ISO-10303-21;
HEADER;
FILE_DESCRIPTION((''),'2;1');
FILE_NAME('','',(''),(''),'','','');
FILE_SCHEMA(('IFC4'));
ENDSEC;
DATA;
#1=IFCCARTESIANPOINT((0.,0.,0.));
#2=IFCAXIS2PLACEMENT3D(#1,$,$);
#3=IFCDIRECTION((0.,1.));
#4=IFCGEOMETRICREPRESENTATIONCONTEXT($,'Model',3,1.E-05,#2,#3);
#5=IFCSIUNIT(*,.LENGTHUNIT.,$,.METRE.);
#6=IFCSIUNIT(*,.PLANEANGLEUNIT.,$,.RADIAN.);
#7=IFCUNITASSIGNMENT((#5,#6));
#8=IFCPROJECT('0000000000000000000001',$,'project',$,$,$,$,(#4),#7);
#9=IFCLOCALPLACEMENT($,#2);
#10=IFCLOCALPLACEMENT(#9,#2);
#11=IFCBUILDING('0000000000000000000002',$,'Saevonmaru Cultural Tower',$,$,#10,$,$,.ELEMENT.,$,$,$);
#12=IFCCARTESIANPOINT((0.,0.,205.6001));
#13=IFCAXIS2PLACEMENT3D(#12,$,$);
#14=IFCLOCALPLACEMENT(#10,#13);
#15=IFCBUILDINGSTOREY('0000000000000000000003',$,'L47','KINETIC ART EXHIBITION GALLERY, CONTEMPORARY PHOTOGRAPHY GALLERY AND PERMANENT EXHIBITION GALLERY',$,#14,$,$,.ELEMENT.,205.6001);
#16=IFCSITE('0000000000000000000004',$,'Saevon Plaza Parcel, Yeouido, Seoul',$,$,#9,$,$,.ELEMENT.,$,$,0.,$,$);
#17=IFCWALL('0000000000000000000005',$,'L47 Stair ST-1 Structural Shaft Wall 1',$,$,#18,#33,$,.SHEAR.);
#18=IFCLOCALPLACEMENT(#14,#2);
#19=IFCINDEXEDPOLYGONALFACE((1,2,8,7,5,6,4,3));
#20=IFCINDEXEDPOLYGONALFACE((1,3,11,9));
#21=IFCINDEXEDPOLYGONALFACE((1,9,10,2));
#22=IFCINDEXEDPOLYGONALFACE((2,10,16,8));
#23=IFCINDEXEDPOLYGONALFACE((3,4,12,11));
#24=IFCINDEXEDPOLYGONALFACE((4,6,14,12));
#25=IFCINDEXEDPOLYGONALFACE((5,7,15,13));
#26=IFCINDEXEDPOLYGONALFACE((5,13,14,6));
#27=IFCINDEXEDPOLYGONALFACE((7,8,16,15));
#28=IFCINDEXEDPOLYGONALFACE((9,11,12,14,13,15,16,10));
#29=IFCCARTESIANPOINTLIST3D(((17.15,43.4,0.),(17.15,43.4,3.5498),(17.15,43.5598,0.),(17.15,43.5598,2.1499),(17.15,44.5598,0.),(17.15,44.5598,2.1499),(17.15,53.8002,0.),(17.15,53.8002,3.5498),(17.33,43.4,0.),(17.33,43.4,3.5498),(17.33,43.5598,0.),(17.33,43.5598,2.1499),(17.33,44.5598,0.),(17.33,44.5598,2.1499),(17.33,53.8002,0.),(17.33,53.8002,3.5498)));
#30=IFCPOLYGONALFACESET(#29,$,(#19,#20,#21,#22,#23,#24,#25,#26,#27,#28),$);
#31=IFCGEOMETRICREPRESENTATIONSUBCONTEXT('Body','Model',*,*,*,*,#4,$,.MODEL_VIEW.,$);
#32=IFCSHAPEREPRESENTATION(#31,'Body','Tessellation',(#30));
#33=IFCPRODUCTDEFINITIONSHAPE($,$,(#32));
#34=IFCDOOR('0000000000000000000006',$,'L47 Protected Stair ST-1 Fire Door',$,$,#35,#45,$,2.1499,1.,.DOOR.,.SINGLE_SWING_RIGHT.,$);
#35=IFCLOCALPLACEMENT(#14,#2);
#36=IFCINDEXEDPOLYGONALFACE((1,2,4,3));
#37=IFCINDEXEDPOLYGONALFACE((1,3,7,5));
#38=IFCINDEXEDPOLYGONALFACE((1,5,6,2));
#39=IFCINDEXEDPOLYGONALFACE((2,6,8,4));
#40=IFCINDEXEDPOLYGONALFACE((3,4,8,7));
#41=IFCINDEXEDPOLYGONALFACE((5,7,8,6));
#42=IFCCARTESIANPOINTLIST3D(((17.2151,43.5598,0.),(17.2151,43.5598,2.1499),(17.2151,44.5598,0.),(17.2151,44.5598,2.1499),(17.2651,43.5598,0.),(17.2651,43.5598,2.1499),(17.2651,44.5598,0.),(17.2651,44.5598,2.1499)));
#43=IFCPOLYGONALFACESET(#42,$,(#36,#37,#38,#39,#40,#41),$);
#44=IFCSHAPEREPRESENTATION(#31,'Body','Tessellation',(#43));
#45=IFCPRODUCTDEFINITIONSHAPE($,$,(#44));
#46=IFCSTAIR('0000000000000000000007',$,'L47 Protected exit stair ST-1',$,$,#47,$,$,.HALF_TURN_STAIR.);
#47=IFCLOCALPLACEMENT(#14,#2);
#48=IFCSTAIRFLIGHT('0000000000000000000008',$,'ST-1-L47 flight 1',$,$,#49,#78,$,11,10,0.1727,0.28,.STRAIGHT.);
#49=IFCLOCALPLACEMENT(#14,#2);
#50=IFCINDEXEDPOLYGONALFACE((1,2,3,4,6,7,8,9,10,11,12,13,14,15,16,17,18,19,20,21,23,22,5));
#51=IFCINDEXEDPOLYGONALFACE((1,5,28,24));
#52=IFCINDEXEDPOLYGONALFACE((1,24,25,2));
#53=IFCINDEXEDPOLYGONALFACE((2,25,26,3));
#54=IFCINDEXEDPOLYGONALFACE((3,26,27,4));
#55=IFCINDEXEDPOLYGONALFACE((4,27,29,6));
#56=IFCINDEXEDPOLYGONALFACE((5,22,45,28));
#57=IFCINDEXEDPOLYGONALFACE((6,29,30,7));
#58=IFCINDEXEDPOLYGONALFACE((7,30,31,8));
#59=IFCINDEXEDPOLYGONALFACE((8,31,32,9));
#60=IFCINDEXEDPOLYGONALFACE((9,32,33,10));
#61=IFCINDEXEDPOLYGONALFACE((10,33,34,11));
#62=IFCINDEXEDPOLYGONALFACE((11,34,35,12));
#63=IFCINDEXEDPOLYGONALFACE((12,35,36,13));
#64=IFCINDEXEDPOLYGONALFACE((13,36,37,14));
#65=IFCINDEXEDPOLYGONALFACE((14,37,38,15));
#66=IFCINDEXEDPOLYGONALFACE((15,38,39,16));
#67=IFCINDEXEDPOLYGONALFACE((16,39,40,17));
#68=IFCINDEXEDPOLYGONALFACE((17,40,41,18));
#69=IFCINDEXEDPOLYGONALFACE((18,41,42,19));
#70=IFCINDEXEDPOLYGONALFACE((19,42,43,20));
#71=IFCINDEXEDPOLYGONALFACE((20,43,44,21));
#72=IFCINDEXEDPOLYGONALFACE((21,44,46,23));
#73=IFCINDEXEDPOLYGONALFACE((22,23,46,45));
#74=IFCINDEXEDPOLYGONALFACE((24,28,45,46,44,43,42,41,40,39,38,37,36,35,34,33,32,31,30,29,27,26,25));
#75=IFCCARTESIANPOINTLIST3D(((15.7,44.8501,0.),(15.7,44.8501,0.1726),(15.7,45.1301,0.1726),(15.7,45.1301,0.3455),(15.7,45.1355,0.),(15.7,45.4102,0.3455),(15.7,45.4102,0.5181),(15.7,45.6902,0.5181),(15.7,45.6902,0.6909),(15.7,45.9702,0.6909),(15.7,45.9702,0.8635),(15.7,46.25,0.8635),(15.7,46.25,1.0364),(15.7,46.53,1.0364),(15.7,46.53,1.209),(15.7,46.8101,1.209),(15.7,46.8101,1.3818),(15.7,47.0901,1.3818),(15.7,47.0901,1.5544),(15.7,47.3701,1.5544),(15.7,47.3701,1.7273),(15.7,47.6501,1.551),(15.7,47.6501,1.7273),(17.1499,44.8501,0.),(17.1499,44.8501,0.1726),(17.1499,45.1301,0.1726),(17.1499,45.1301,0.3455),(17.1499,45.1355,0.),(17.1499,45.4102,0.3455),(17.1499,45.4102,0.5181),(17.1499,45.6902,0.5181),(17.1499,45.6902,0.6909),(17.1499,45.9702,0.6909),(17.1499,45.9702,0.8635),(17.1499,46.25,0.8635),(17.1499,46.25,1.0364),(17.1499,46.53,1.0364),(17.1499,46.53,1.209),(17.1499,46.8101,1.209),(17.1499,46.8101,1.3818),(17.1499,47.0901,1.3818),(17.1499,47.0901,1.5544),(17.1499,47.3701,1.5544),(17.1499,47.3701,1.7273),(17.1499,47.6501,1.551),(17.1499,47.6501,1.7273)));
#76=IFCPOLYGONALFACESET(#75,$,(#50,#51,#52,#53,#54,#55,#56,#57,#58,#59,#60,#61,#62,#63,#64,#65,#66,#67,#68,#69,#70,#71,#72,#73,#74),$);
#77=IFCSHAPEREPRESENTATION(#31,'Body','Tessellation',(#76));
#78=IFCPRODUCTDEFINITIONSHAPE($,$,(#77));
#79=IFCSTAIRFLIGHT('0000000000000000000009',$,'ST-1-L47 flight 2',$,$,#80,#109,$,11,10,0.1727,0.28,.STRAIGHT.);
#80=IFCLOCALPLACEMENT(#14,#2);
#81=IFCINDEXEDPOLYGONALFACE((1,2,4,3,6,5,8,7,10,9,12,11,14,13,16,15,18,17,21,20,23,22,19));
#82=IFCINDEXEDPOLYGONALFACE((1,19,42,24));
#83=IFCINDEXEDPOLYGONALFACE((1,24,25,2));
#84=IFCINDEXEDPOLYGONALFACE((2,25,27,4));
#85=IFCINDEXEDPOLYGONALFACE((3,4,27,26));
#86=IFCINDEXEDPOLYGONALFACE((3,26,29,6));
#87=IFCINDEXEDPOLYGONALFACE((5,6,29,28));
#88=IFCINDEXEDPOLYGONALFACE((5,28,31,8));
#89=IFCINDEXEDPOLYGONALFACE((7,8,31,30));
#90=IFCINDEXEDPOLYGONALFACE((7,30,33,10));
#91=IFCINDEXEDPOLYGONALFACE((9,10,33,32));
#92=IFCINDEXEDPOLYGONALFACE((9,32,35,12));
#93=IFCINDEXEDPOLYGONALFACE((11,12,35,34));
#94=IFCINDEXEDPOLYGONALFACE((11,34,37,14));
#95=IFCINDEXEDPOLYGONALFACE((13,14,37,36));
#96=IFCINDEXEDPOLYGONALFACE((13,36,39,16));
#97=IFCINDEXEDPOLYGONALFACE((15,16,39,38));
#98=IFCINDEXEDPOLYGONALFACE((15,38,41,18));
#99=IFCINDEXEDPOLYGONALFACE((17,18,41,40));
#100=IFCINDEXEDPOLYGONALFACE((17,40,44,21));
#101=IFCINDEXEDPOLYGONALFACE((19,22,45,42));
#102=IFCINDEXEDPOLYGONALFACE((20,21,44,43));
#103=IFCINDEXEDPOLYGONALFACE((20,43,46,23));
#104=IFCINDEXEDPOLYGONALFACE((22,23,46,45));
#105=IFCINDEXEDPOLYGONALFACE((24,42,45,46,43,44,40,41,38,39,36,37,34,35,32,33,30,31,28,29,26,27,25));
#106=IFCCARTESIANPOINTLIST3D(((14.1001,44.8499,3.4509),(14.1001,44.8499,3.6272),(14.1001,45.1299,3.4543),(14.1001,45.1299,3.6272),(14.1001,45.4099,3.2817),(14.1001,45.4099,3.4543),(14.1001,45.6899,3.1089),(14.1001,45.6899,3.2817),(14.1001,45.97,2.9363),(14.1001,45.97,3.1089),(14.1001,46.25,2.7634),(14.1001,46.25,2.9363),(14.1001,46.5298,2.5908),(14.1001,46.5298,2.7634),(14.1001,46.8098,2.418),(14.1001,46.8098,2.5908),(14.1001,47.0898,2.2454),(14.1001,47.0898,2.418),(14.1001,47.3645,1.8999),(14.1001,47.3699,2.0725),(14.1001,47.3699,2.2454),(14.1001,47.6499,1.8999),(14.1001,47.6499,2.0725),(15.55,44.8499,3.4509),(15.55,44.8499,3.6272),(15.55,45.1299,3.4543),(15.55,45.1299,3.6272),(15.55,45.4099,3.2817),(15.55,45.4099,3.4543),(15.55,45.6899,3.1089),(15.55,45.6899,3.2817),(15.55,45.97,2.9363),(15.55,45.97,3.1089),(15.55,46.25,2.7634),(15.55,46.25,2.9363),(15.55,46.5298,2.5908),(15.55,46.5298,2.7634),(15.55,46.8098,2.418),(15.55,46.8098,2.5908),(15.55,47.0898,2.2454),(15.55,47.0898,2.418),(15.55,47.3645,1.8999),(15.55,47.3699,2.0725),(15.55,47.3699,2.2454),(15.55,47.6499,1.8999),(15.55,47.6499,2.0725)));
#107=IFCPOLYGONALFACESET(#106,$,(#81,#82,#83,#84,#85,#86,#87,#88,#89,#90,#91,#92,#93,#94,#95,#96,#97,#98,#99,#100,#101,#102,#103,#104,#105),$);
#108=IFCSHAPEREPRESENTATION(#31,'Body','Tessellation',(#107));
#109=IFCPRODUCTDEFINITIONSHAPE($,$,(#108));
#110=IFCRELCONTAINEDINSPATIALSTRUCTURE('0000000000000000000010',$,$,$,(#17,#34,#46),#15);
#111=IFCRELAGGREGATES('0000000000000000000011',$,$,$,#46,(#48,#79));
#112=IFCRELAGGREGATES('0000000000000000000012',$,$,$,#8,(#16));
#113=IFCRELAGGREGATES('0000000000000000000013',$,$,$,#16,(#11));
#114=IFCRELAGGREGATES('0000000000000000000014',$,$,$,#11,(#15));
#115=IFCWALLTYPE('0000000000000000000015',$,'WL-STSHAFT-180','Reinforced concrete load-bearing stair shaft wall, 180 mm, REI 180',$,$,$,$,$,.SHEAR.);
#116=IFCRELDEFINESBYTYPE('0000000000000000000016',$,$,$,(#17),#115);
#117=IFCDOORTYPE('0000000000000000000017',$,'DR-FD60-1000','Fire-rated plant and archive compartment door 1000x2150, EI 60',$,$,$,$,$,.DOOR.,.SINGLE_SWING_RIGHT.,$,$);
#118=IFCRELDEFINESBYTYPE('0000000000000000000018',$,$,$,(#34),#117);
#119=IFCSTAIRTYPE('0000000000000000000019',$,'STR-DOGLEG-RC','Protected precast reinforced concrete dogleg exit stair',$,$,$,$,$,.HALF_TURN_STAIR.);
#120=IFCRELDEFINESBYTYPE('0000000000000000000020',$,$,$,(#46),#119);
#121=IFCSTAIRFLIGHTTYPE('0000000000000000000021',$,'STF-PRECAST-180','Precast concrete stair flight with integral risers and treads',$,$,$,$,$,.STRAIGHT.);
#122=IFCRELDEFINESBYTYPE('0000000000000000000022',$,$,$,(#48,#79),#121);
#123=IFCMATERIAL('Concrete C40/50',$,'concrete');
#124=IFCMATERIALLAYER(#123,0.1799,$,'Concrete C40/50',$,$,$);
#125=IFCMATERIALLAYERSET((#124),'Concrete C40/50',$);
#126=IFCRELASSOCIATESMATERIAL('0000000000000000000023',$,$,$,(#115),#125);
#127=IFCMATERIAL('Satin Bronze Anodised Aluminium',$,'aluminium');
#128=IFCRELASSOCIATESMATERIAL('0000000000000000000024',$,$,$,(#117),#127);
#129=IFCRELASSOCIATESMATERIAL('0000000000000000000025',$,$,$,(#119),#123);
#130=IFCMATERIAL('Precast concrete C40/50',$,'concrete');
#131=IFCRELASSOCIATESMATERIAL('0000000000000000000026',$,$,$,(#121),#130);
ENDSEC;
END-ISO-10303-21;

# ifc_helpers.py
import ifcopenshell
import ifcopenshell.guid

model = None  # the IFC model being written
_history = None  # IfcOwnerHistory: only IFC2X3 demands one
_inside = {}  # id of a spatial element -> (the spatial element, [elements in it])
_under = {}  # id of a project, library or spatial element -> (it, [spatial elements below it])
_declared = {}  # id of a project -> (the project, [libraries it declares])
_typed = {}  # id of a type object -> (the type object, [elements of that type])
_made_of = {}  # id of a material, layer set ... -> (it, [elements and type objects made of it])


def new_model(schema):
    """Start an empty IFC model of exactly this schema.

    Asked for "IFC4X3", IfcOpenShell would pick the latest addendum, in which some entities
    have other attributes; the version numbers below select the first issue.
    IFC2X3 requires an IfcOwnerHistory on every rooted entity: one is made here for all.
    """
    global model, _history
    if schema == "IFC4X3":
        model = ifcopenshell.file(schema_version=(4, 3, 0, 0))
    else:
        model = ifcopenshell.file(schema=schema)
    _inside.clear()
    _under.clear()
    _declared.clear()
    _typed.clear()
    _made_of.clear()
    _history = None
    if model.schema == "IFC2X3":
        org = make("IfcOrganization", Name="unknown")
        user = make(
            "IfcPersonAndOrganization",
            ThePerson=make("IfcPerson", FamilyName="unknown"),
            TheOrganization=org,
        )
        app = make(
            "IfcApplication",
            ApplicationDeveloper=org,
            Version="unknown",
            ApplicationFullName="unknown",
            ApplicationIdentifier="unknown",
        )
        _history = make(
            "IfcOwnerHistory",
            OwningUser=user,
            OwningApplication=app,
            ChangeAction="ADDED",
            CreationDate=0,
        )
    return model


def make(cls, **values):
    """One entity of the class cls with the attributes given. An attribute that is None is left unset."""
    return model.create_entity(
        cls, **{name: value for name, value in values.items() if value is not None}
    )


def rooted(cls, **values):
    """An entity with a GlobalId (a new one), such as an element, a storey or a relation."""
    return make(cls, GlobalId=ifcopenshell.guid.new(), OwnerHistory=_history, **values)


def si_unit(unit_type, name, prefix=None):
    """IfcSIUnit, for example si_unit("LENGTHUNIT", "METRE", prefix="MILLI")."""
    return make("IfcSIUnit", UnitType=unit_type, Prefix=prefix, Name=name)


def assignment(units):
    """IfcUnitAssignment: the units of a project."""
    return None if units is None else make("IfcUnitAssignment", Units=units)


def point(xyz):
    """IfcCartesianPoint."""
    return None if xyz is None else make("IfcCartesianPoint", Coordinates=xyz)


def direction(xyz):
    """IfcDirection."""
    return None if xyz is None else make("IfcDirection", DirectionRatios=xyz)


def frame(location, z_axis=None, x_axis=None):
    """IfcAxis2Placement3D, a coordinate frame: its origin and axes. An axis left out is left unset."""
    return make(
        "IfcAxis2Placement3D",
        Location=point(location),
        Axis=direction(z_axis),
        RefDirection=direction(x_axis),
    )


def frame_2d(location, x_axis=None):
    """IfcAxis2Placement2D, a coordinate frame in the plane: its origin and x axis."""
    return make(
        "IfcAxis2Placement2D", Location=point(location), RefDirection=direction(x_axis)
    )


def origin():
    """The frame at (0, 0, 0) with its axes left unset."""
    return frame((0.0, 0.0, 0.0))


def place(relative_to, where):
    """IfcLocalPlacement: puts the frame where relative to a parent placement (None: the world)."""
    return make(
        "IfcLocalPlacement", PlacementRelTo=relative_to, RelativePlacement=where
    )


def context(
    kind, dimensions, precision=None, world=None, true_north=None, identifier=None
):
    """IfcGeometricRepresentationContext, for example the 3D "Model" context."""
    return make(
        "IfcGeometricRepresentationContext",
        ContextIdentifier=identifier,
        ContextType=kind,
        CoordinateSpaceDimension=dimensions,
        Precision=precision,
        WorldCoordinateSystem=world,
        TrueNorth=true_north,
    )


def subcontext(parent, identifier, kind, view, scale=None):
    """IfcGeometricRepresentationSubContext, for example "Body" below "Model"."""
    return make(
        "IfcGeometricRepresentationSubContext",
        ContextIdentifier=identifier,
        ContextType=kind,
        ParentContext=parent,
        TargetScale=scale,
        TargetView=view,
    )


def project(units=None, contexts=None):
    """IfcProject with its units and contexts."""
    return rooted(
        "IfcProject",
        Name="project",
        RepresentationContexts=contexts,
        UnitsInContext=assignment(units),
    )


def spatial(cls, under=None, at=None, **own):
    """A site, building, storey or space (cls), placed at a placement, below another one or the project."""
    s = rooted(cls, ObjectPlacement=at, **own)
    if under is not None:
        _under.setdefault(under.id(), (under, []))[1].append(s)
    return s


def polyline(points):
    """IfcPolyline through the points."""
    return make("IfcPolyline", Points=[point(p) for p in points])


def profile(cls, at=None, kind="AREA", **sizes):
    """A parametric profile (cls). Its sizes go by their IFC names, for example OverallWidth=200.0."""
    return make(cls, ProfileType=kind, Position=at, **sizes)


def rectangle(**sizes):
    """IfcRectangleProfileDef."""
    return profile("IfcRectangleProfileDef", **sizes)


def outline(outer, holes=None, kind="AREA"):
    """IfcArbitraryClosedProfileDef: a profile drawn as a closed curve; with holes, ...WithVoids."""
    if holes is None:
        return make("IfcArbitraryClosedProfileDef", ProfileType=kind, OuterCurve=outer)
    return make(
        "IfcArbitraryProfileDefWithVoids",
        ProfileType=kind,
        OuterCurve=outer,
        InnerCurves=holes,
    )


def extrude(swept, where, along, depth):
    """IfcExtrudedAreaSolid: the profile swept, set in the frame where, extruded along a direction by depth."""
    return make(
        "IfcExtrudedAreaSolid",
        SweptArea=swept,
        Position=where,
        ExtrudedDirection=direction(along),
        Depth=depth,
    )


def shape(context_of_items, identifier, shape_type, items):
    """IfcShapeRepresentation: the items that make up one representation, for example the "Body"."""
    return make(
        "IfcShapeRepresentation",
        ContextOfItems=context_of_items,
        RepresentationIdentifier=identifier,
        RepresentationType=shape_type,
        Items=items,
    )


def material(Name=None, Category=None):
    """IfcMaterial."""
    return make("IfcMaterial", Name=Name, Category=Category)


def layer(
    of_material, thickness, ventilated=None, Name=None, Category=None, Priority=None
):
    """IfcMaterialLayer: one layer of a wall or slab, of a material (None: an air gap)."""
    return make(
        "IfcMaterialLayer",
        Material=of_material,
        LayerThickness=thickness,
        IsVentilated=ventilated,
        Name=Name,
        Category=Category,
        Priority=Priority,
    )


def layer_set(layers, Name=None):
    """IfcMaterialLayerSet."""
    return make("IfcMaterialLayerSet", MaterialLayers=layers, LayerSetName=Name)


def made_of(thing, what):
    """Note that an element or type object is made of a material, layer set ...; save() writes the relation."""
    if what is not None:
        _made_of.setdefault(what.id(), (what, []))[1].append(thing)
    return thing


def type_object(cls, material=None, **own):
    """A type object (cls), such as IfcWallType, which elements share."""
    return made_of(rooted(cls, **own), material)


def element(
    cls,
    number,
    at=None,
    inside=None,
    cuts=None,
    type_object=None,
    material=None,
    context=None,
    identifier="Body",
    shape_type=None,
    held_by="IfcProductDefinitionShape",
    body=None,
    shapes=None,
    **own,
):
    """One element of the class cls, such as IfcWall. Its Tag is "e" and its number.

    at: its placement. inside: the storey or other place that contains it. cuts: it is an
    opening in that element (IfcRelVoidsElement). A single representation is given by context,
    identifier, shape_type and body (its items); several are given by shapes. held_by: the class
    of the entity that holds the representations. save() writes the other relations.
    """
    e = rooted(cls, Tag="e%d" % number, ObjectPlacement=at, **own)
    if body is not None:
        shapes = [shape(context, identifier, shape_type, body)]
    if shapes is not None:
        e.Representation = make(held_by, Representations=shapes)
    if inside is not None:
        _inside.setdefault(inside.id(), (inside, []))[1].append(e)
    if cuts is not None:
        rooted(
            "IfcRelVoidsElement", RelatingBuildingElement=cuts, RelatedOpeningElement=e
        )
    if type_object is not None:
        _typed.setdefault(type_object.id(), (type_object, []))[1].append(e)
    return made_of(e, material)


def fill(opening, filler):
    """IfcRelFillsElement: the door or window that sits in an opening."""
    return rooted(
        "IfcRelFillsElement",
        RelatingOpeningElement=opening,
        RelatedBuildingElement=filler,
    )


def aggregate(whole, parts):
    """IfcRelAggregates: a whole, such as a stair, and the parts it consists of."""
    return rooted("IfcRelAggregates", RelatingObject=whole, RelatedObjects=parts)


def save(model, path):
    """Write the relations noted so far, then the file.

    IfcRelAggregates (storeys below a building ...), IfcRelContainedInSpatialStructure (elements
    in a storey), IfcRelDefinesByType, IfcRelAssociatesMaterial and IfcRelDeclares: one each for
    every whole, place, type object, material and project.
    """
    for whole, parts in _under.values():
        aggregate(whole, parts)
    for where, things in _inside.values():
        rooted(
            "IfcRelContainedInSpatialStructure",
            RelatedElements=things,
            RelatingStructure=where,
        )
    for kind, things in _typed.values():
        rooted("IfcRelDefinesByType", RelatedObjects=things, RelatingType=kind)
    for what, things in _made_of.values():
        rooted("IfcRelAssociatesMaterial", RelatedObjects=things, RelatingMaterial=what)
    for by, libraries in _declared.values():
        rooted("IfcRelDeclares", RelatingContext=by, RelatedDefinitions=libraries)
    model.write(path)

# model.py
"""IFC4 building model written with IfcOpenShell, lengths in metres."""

from ifc_helpers import new_model, si_unit, direction, frame, frame_2d, origin, place, context, subcontext, project, spatial, polyline, rectangle, outline, extrude, material, layer, layer_set, type_object, element, fill, aggregate, save


model = new_model("IFC4")

# Units and contexts
model_context = context("Model", 3, precision=1e-05, world=origin(), true_north=direction((0.0, 1.0)))
body_context = subcontext(model_context, "Body", "Model", "MODEL_VIEW")
ifc_project = project(units=[si_unit("LENGTHUNIT", "METRE"), si_unit("PLANEANGLEUNIT", "RADIAN")], contexts=[model_context])

# Site, building, storey
site_placement = place(None, origin())
site = spatial("IfcSite", under=ifc_project, at=site_placement, Name="Saevon Plaza Parcel, Yeouido, Seoul", CompositionType="ELEMENT", RefElevation=0.0)
building_placement = place(site_placement, origin())
building = spatial("IfcBuilding", under=site, at=building_placement, Name="Saevonmaru Cultural Tower", CompositionType="ELEMENT")
storey_placement = place(building_placement, frame((0.0, 0.0, 205.6001)))
storey = spatial("IfcBuildingStorey", under=building, at=storey_placement, Name="L47", Description="KINETIC ART EXHIBITION GALLERY, CONTEMPORARY PHOTOGRAPHY GALLERY AND PERMANENT EXHIBITION GALLERY", CompositionType="ELEMENT", Elevation=205.6001)

# Shared definitions
ifc_material_1 = material(Name="Satin Bronze Anodised Aluminium", Category="aluminium")

# Shared definitions
ifc_material_2 = material(Name="Concrete C40/50", Category="concrete")

# Wall, opening, door
ifc_layer_1 = layer(ifc_material_2, 0.1799, Name="Concrete C40/50")
ifc_layer_set_1 = layer_set([ifc_layer_1], Name="Concrete C40/50")
wall_type_1 = type_object("IfcWallType", Name="WL-STSHAFT-180", Description="Reinforced concrete load-bearing stair shaft wall, 180 mm, REI 180", PredefinedType="SHEAR", material=ifc_layer_set_1)
wall_1_placement = place(storey_placement, frame((17.24, 43.3999, 0.0), z_axis=(0.0, 0.0, 1.0), x_axis=(0.0, 1.0, 0.0)))
wall_1 = element("IfcWall", 1, at=wall_1_placement, inside=storey, type_object=wall_type_1, Name="L47 Stair ST-1 Structural Shaft Wall 1", PredefinedType="SHEAR", context=body_context, shape_type="SweptSolid", body=[
    extrude(rectangle(XDim=10.4001, YDim=0.1799, at=frame_2d((5.2002, 0.0))), origin(), (0.0, 0.0, 1.0), 3.5498),
])
opening_1_placement = place(wall_1_placement, frame((0.1599, 0.0, 0.0)))
opening_1 = element("IfcOpeningElement", 2, at=opening_1_placement, cuts=wall_1, PredefinedType="OPENING", context=body_context, shape_type="SweptSolid", body=[
    extrude(rectangle(XDim=1.0, YDim=2.1499, at=frame_2d((0.5, 1.075))), frame((0.0, 0.1001, 0.0), z_axis=(0.0, -1.0, 0.0), x_axis=(1.0, 0.0, 0.0)), (0.0, 0.0, 1.0), 0.2),
])
door_type_1 = type_object("IfcDoorType", Name="DR-FD60-1000", Description="Fire-rated plant and archive compartment door 1000x2150, EI 60", OperationType="SINGLE_SWING_RIGHT", PredefinedType="DOOR", material=ifc_material_1)
door_1_placement = place(opening_1_placement, origin())
door_1 = element("IfcDoor", 3, at=door_1_placement, inside=storey, type_object=door_type_1, Name="L47 Protected Stair ST-1 Fire Door", OperationType="SINGLE_SWING_RIGHT", OverallHeight=2.1499, OverallWidth=1.0, PredefinedType="DOOR", context=body_context, shape_type="SweptSolid", body=[
    extrude(rectangle(XDim=1.0, YDim=2.1499, at=frame_2d((0.5, 1.075))), frame((0.0, 0.0249, 0.0), z_axis=(0.0, -1.0, 0.0), x_axis=(1.0, 0.0, 0.0)), (0.0, 0.0, 1.0), 0.05),
])
fill(opening_1, door_1)

# Stair, stair flights
stair_type = type_object("IfcStairType", Name="STR-DOGLEG-RC", Description="Protected precast reinforced concrete dogleg exit stair", PredefinedType="HALF_TURN_STAIR", material=ifc_material_2)
stair_placement = place(storey_placement, origin())
stair = element("IfcStair", 4, at=stair_placement, inside=storey, type_object=stair_type, Name="L47 Protected exit stair ST-1", PredefinedType="HALF_TURN_STAIR")
ifc_material_3 = material(Name="Precast concrete C40/50", Category="concrete")
stair_flight_type = type_object("IfcStairFlightType", Name="STF-PRECAST-180", Description="Precast concrete stair flight with integral risers and treads", PredefinedType="STRAIGHT", material=ifc_material_3)
stair_flight_1_placement = place(storey_placement, frame((16.425, 44.8501, 0.0), z_axis=(0.0, 0.0, 1.0), x_axis=(0.0, 1.0, 0.0)))
stair_flight_1 = element("IfcStairFlight", 5, at=stair_flight_1_placement, type_object=stair_flight_type, Name="ST-1-L47 flight 1", NumberOfRisers=11, NumberOfTreads=10, PredefinedType="STRAIGHT", RiserHeight=0.1727, TreadLength=0.28, context=body_context, shape_type="SweptSolid", body=[
    extrude(outline(polyline([(0.0, 0.0), (0.0, 0.1726), (0.28, 0.1726), (0.28, 0.3455), (0.5601, 0.3455), (0.5601, 0.5181), (0.8401, 0.5181), (0.8401, 0.6909), (1.1201, 0.6909), (1.1201, 0.8635), (1.3999, 0.8635), (1.3999, 1.0364), (1.6799, 1.0364), (1.6799, 1.209), (1.96, 1.209), (1.96, 1.3818), (2.24, 1.3818), (2.24, 1.5544), (2.52, 1.5544), (2.52, 1.7273), (2.8, 1.7273), (2.8, 1.8999), (2.8, 1.551), (0.2854, 0.0), (0.0, 0.0)])), frame((0.0, 0.7251, 0.0), z_axis=(0.0, -1.0, 0.0), x_axis=(1.0, 0.0, 0.0)), (0.0, 0.0, 1.0), 1.45),
])
stair_flight_2_placement = place(storey_placement, frame((14.825, 47.6499, 1.8999), z_axis=(0.0, 0.0, 1.0), x_axis=(0.0, -1.0, 0.0)))
stair_flight_2 = element("IfcStairFlight", 6, at=stair_flight_2_placement, type_object=stair_flight_type, Name="ST-1-L47 flight 2", NumberOfRisers=11, NumberOfTreads=10, PredefinedType="STRAIGHT", RiserHeight=0.1727, TreadLength=0.28, context=body_context, shape_type="SweptSolid", body=[
    extrude(outline(polyline([(0.0, 0.0), (0.0, 0.1726), (0.28, 0.1726), (0.28, 0.3455), (0.5601, 0.3455), (0.5601, 0.5181), (0.8401, 0.5181), (0.8401, 0.6909), (1.1201, 0.6909), (1.1201, 0.8635), (1.3999, 0.8635), (1.3999, 1.0364), (1.6799, 1.0364), (1.6799, 1.209), (1.96, 1.209), (1.96, 1.3818), (2.24, 1.3818), (2.24, 1.5544), (2.52, 1.5544), (2.52, 1.7273), (2.8, 1.7273), (2.8, 1.8999), (2.8, 1.551), (0.2854, 0.0), (0.0, 0.0)])), frame((0.0, 0.7251, 0.0), z_axis=(0.0, -1.0, 0.0), x_axis=(1.0, 0.0, 0.0)), (0.0, 0.0, 1.0), 1.45),
])
aggregate(stair, [stair_flight_1, stair_flight_2])

save(model, "model.ifc")
